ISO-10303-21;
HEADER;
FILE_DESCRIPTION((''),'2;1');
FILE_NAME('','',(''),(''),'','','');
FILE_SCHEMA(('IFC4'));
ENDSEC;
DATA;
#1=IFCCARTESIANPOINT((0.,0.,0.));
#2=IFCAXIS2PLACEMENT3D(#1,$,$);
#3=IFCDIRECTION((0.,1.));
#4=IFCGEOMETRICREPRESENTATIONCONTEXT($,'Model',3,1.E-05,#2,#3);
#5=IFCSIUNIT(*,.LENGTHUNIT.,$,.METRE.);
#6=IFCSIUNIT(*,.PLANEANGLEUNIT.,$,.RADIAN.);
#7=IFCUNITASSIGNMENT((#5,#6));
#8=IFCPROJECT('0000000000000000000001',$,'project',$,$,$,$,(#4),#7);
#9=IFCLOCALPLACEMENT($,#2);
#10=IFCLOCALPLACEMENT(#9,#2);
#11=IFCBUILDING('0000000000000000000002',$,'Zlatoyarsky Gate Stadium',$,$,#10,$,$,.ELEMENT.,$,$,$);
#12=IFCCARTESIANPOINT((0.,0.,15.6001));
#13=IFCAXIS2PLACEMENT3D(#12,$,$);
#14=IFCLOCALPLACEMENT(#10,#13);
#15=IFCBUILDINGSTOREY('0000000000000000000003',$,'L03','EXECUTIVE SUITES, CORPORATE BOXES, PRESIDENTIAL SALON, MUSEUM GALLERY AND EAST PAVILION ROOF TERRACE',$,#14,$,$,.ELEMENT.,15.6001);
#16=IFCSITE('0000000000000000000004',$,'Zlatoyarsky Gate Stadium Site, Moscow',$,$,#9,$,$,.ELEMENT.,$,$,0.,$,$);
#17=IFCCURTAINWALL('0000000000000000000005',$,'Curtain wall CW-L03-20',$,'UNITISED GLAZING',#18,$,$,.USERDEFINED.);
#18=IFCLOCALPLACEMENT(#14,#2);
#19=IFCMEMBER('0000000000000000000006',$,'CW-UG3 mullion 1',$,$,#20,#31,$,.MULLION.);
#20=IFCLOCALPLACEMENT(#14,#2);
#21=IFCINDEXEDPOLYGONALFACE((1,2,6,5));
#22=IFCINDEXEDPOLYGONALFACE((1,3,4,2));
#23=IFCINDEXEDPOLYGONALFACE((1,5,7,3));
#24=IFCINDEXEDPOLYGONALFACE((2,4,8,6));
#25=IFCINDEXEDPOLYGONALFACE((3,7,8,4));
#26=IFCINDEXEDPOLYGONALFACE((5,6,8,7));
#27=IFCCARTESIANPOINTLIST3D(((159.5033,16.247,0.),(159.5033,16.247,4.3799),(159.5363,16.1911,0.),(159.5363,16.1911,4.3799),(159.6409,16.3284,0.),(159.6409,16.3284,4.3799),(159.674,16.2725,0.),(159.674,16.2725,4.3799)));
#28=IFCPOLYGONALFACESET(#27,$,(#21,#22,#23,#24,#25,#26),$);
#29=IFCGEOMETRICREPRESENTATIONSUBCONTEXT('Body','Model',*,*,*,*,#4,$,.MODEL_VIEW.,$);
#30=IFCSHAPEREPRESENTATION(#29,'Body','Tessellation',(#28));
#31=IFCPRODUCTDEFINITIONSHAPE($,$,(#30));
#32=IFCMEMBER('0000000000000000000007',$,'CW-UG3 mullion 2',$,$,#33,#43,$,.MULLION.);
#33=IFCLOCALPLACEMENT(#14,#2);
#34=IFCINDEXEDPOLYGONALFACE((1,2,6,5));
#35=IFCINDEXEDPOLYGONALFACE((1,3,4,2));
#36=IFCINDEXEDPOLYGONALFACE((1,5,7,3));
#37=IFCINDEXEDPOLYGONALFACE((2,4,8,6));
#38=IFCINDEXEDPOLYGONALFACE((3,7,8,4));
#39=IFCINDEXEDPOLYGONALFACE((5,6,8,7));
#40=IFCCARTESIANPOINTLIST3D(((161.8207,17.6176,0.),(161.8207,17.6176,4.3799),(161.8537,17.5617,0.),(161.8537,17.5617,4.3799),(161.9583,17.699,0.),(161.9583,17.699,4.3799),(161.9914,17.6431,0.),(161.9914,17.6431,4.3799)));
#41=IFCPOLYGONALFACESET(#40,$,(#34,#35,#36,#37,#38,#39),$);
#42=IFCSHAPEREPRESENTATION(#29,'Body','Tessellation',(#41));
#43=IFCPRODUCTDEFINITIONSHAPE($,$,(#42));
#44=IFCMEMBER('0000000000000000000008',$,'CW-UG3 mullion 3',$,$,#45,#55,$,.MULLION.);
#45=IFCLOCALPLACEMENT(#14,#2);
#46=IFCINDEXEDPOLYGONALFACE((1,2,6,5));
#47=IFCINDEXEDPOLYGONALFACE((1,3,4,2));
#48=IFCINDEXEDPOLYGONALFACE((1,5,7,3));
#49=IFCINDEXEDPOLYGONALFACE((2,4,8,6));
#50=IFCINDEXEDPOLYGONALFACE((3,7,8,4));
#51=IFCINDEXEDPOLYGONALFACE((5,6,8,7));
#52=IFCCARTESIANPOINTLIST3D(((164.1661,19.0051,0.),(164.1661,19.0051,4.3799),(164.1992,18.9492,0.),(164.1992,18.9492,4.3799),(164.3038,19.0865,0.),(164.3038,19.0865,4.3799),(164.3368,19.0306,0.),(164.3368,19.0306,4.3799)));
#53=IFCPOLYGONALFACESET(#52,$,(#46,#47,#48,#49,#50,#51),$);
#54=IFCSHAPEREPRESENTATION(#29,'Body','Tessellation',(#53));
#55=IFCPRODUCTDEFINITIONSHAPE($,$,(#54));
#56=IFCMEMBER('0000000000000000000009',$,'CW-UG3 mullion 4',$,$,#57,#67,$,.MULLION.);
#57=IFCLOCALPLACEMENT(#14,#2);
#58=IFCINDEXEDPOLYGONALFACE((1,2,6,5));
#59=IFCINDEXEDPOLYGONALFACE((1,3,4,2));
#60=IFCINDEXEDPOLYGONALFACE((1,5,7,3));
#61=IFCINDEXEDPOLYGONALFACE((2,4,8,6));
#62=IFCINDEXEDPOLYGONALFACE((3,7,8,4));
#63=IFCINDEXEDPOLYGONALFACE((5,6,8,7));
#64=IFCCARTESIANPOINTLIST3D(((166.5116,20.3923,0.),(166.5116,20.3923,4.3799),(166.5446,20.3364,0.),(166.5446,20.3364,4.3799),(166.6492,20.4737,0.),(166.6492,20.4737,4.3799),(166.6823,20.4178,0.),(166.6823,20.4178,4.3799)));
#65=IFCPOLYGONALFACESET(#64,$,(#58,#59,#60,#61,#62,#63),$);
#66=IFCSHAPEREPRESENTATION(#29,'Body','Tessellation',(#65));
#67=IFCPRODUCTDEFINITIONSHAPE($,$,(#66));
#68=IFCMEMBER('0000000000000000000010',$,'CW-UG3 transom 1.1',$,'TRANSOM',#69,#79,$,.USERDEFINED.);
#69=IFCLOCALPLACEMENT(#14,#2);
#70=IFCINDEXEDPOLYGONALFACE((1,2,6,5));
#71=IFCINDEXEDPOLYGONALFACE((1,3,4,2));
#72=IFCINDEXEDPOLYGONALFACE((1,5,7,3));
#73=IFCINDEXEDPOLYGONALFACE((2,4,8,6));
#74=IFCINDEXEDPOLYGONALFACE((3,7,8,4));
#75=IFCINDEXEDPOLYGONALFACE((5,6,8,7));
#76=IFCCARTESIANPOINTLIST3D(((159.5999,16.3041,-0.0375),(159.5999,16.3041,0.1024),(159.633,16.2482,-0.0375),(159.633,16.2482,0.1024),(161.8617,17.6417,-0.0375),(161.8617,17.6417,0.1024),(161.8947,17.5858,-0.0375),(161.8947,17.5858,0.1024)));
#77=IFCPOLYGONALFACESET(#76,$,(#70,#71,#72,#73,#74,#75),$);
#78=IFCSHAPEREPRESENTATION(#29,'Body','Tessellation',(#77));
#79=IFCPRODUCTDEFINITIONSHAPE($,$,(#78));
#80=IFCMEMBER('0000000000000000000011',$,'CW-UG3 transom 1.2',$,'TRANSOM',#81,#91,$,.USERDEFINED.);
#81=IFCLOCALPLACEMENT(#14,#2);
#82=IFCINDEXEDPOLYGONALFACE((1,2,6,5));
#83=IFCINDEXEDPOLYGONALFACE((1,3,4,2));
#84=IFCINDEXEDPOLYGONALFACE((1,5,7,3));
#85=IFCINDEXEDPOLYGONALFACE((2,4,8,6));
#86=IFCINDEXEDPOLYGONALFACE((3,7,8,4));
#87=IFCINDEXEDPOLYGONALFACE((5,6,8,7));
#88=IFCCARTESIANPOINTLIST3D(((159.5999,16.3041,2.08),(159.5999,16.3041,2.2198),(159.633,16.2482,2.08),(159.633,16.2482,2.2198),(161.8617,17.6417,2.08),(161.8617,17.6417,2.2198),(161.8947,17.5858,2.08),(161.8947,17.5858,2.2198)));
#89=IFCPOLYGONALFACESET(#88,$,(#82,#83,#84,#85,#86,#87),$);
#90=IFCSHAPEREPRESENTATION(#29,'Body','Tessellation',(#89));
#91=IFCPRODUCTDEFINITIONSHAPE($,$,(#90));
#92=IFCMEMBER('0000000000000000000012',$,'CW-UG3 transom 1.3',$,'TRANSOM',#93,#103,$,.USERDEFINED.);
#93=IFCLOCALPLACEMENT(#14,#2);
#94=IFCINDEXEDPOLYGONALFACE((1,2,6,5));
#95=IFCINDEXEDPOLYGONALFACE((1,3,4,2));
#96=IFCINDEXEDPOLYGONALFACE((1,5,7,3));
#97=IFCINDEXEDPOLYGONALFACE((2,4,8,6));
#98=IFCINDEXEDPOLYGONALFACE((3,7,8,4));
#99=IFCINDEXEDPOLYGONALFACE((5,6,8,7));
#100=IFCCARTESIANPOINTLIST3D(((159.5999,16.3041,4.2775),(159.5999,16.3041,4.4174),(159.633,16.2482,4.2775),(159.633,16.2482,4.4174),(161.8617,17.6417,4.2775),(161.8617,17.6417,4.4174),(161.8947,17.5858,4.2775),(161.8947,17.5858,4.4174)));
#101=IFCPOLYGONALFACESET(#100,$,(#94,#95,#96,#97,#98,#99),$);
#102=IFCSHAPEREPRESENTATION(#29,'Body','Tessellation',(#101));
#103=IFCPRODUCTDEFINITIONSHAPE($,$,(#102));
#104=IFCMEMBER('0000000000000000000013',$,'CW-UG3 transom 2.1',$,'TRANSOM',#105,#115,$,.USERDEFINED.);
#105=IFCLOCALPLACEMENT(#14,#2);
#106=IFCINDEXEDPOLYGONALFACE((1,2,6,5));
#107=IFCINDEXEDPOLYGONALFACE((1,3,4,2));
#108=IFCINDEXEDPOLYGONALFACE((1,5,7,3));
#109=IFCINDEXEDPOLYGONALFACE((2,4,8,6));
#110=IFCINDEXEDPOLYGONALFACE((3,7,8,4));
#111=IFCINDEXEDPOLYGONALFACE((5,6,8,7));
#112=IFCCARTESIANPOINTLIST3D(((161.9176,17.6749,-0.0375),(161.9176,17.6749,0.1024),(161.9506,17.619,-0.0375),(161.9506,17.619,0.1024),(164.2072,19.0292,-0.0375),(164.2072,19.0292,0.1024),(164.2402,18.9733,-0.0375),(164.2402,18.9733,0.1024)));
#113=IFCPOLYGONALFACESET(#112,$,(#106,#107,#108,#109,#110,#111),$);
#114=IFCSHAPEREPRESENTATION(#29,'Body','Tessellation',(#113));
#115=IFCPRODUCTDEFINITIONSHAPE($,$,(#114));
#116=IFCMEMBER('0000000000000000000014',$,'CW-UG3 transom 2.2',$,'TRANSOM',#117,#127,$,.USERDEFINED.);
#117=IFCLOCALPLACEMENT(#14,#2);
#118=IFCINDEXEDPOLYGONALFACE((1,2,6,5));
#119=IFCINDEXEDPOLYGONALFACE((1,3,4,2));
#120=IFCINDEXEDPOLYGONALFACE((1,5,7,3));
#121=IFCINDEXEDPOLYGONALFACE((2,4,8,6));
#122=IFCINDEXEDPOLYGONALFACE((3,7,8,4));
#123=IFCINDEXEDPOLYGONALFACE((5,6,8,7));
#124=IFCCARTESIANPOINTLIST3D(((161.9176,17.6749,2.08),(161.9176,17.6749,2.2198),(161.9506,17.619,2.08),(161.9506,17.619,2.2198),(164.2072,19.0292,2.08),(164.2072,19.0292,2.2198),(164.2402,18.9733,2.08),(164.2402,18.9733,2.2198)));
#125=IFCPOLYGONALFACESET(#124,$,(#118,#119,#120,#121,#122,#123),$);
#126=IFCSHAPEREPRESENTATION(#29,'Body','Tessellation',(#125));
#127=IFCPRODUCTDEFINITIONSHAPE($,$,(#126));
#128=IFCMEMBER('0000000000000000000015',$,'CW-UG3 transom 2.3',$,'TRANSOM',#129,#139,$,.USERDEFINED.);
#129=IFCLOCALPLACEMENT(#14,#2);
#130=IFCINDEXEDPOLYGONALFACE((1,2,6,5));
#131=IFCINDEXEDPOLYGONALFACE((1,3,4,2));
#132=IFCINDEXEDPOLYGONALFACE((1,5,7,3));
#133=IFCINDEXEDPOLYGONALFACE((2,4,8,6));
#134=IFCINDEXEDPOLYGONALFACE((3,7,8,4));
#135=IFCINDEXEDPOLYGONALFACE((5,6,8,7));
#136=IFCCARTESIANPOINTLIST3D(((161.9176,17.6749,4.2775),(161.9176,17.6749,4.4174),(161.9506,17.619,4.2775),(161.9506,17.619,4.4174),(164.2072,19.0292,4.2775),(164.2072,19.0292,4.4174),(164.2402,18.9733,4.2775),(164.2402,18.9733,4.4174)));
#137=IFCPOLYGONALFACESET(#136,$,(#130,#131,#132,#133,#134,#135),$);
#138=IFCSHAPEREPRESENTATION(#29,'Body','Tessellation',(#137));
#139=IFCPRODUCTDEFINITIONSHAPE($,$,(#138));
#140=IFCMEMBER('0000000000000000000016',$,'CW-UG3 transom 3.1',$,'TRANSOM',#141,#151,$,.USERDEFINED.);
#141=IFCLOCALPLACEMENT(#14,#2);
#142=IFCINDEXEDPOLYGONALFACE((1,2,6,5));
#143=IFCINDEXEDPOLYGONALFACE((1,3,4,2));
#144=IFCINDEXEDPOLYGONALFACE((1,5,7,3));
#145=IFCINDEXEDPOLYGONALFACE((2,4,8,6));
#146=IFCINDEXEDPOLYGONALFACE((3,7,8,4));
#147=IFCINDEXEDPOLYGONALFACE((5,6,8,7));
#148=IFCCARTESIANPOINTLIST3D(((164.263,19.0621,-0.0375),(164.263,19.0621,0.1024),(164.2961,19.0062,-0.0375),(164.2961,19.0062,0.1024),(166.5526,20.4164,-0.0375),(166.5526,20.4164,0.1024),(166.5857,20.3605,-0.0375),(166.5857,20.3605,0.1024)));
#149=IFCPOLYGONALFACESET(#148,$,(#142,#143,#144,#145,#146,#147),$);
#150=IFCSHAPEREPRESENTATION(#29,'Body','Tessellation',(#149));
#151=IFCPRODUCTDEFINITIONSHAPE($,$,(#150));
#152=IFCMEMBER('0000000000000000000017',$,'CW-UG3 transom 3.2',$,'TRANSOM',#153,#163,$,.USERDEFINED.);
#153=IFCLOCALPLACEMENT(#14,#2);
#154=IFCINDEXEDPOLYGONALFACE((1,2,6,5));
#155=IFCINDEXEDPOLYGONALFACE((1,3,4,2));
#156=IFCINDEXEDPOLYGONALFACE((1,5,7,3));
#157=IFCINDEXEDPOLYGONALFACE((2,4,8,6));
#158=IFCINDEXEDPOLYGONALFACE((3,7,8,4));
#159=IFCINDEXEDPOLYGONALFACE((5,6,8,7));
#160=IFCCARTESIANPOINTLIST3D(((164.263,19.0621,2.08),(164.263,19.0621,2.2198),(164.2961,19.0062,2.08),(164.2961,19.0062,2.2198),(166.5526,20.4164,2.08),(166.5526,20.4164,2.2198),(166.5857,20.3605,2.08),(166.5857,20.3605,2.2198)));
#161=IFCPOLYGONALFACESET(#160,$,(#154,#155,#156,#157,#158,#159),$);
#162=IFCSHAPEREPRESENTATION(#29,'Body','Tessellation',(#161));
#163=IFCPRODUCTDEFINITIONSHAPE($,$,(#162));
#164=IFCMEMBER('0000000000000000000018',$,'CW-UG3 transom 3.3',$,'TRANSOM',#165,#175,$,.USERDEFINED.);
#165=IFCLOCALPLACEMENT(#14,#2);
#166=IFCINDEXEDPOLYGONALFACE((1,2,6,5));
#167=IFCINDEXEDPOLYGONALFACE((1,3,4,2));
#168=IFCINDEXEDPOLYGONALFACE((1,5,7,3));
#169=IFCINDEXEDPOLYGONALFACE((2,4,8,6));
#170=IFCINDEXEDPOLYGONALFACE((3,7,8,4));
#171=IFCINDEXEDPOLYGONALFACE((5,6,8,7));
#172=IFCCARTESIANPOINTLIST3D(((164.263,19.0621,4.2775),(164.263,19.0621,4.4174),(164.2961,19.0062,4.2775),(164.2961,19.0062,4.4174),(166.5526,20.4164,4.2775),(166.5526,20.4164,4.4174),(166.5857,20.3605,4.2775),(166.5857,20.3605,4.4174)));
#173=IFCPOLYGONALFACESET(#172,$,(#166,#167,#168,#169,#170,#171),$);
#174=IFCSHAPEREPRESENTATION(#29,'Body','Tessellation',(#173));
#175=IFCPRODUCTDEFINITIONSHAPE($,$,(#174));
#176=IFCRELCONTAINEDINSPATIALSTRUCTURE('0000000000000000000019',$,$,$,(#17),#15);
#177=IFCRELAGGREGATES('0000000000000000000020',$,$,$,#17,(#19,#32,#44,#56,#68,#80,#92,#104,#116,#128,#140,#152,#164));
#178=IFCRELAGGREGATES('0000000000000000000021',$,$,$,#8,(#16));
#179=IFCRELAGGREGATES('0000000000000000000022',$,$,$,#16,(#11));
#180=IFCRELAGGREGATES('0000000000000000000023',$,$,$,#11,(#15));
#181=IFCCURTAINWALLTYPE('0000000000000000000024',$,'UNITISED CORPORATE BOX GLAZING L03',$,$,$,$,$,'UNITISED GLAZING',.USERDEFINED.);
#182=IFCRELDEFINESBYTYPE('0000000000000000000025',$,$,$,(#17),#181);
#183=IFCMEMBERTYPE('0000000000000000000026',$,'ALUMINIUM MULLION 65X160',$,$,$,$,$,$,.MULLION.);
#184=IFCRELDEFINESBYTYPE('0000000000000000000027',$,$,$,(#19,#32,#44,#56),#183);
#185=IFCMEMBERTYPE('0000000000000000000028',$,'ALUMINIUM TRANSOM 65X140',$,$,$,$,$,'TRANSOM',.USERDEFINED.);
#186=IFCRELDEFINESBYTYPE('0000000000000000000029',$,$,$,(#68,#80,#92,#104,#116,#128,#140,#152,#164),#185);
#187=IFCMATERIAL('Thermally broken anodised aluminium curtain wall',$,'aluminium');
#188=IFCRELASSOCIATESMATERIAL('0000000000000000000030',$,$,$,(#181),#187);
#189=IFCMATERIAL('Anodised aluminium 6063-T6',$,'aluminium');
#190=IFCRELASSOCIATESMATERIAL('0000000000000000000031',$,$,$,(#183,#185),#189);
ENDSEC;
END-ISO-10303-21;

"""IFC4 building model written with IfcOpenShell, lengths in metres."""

from ifc_helpers import new_model, si_unit, direction, frame, origin, origin_2d, place, context, subcontext, project, spatial, rectangle, extrude, material, material_profile, profile_set, type_object, element, aggregate, save


model = new_model("IFC4")

# Units and contexts
model_context = context("Model", 3, precision=1e-05, world=origin(), true_north=direction((0.0, 1.0)))
body_context = subcontext(model_context, "Body", "Model", "MODEL_VIEW")
ifc_project = project(units=[si_unit("LENGTHUNIT", "METRE"), si_unit("PLANEANGLEUNIT", "RADIAN")], contexts=[model_context])

# Site, building, storey
site_placement = place(None, origin())
site = spatial("IfcSite", under=ifc_project, at=site_placement, Name="Zlatoyarsky Gate Stadium Site, Moscow", CompositionType="ELEMENT", RefElevation=0.0)
building_placement = place(site_placement, origin())
building = spatial("IfcBuilding", under=site, at=building_placement, Name="Zlatoyarsky Gate Stadium", CompositionType="ELEMENT")
storey_placement = place(building_placement, frame((0.0, 0.0, 15.6001)))
storey = spatial("IfcBuildingStorey", under=building, at=storey_placement, Name="L03", Description="EXECUTIVE SUITES, CORPORATE BOXES, PRESIDENTIAL SALON, MUSEUM GALLERY AND EAST PAVILION ROOF TERRACE", CompositionType="ELEMENT", Elevation=15.6001)

# Curtain wall, members
ifc_material_1 = material(Name="Thermally broken anodised aluminium curtain wall", Category="aluminium")
curtain_wall_type = type_object("IfcCurtainWallType", Name="UNITISED CORPORATE BOX GLAZING L03", ElementType="UNITISED GLAZING", PredefinedType="USERDEFINED", material=ifc_material_1)
curtain_wall_placement = place(storey_placement, origin())
curtain_wall = element("IfcCurtainWall", 1, at=curtain_wall_placement, inside=storey, type_object=curtain_wall_type, Name="Curtain wall CW-L03-20", ObjectType="UNITISED GLAZING", PredefinedType="USERDEFINED")
ifc_material_2 = material(Name="Anodised aluminium 6063-T6", Category="aluminium")
ifc_material_profile_1 = material_profile(ifc_material_2, rectangle(XDim=0.0649, YDim=0.1599, at=origin_2d()), Name="ALU 65X160")
ifc_profile_set_1 = profile_set([ifc_material_profile_1], Name="Anodised aluminium 6063-T6")
member_type_1 = type_object("IfcMemberType", Name="ALUMINIUM MULLION 65X160", PredefinedType="MULLION", material=ifc_profile_set_1)
member_1_placement = place(storey_placement, frame((159.5886, 16.2598, 0.0), z_axis=(0.0, 0.0, 1.0), x_axis=(-0.509098, 0.860708, 0.0)))
member_1 = element("IfcMember", 2, at=member_1_placement, type_object=member_type_1, Name="CW-UG3 mullion 1", PredefinedType="MULLION", context=body_context, shape_type="SweptSolid", body=[
    extrude(rectangle(XDim=0.0649, YDim=0.1599, at=origin_2d()), origin(), (0.0, 0.0, 1.0), 4.3799),
])
member_2_placement = place(storey_placement, frame((161.906, 17.6304, 0.0), z_axis=(0.0, 0.0, 1.0), x_axis=(-0.509098, 0.860708, 0.0)))
member_2 = element("IfcMember", 3, at=member_2_placement, type_object=member_type_1, Name="CW-UG3 mullion 2", PredefinedType="MULLION", context=body_context, shape_type="SweptSolid", body=[
    extrude(rectangle(XDim=0.0649, YDim=0.1599, at=origin_2d()), origin(), (0.0, 0.0, 1.0), 4.3799),
])
member_3_placement = place(storey_placement, frame((164.2515, 19.0178, 0.0), z_axis=(0.0, 0.0, 1.0), x_axis=(-0.509098, 0.860708, 0.0)))
member_3 = element("IfcMember", 4, at=member_3_placement, type_object=member_type_1, Name="CW-UG3 mullion 3", PredefinedType="MULLION", context=body_context, shape_type="SweptSolid", body=[
    extrude(rectangle(XDim=0.0649, YDim=0.1599, at=origin_2d()), origin(), (0.0, 0.0, 1.0), 4.3799),
])
member_4_placement = place(storey_placement, frame((166.5969, 20.405, 0.0), z_axis=(0.0, 0.0, 1.0), x_axis=(-0.509098, 0.860708, 0.0)))
member_4 = element("IfcMember", 5, at=member_4_placement, type_object=member_type_1, Name="CW-UG3 mullion 4", PredefinedType="MULLION", context=body_context, shape_type="SweptSolid", body=[
    extrude(rectangle(XDim=0.0649, YDim=0.1599, at=origin_2d()), origin(), (0.0, 0.0, 1.0), 4.3799),
])
ifc_material_profile_2 = material_profile(ifc_material_2, rectangle(XDim=0.0649, YDim=0.1399, at=origin_2d()), Name="ALU 65X140")
ifc_profile_set_2 = profile_set([ifc_material_profile_2], Name="Anodised aluminium 6063-T6")
member_type_2 = type_object("IfcMemberType", Name="ALUMINIUM TRANSOM 65X140", ElementType="TRANSOM", PredefinedType="USERDEFINED", material=ifc_profile_set_2)
member_5_placement = place(storey_placement, frame((159.6165, 16.2761, 0.0325), z_axis=(0.86073, 0.509061, 0.0), x_axis=(-0.509061, 0.86073, 0.0)))
member_5 = element("IfcMember", 6, at=member_5_placement, type_object=member_type_2, Name="CW-UG3 transom 1.1", ObjectType="TRANSOM", PredefinedType="USERDEFINED", context=body_context, shape_type="SweptSolid", body=[
    extrude(rectangle(XDim=0.0649, YDim=0.1399, at=origin_2d()), origin(), (0.0, 0.0, 1.0), 2.6277),
])
member_6_placement = place(storey_placement, frame((159.6165, 16.2761, 2.1499), z_axis=(0.86073, 0.509061, 0.0), x_axis=(-0.509061, 0.86073, 0.0)))
member_6 = element("IfcMember", 7, at=member_6_placement, type_object=member_type_2, Name="CW-UG3 transom 1.2", ObjectType="TRANSOM", PredefinedType="USERDEFINED", context=body_context, shape_type="SweptSolid", body=[
    extrude(rectangle(XDim=0.0649, YDim=0.1399, at=origin_2d()), origin(), (0.0, 0.0, 1.0), 2.6277),
])
member_7_placement = place(storey_placement, frame((159.6165, 16.2761, 4.3474), z_axis=(0.86073, 0.509061, 0.0), x_axis=(-0.509061, 0.86073, 0.0)))
member_7 = element("IfcMember", 8, at=member_7_placement, type_object=member_type_2, Name="CW-UG3 transom 1.3", ObjectType="TRANSOM", PredefinedType="USERDEFINED", context=body_context, shape_type="SweptSolid", body=[
    extrude(rectangle(XDim=0.0649, YDim=0.1399, at=origin_2d()), origin(), (0.0, 0.0, 1.0), 2.6277),
])
member_8_placement = place(storey_placement, frame((161.9341, 17.647, 0.0325), z_axis=(0.860707, 0.5091, 0.0), x_axis=(-0.5091, 0.860707, 0.0)))
member_8 = element("IfcMember", 9, at=member_8_placement, type_object=member_type_2, Name="CW-UG3 transom 2.1", ObjectType="TRANSOM", PredefinedType="USERDEFINED", context=body_context, shape_type="SweptSolid", body=[
    extrude(rectangle(XDim=0.0649, YDim=0.1399, at=origin_2d()), origin(), (0.0, 0.0, 1.0), 2.6602),
])
member_9_placement = place(storey_placement, frame((161.9341, 17.647, 2.1499), z_axis=(0.860707, 0.5091, 0.0), x_axis=(-0.5091, 0.860707, 0.0)))
member_9 = element("IfcMember", 10, at=member_9_placement, type_object=member_type_2, Name="CW-UG3 transom 2.2", ObjectType="TRANSOM", PredefinedType="USERDEFINED", context=body_context, shape_type="SweptSolid", body=[
    extrude(rectangle(XDim=0.0649, YDim=0.1399, at=origin_2d()), origin(), (0.0, 0.0, 1.0), 2.6602),
])
member_10_placement = place(storey_placement, frame((161.9341, 17.647, 4.3474), z_axis=(0.860707, 0.5091, 0.0), x_axis=(-0.5091, 0.860707, 0.0)))
member_10 = element("IfcMember", 11, at=member_10_placement, type_object=member_type_2, Name="CW-UG3 transom 2.3", ObjectType="TRANSOM", PredefinedType="USERDEFINED", context=body_context, shape_type="SweptSolid", body=[
    extrude(rectangle(XDim=0.0649, YDim=0.1399, at=origin_2d()), origin(), (0.0, 0.0, 1.0), 2.6602),
])
member_11_placement = place(storey_placement, frame((164.2795, 19.0342, 0.0325), z_axis=(0.860707, 0.5091, 0.0), x_axis=(-0.5091, 0.860707, 0.0)))
member_11 = element("IfcMember", 12, at=member_11_placement, type_object=member_type_2, Name="CW-UG3 transom 3.1", ObjectType="TRANSOM", PredefinedType="USERDEFINED", context=body_context, shape_type="SweptSolid", body=[
    extrude(rectangle(XDim=0.0649, YDim=0.1399, at=origin_2d()), origin(), (0.0, 0.0, 1.0), 2.6602),
])
member_12_placement = place(storey_placement, frame((164.2795, 19.0342, 2.1499), z_axis=(0.860707, 0.5091, 0.0), x_axis=(-0.5091, 0.860707, 0.0)))
member_12 = element("IfcMember", 13, at=member_12_placement, type_object=member_type_2, Name="CW-UG3 transom 3.2", ObjectType="TRANSOM", PredefinedType="USERDEFINED", context=body_context, shape_type="SweptSolid", body=[
    extrude(rectangle(XDim=0.0649, YDim=0.1399, at=origin_2d()), origin(), (0.0, 0.0, 1.0), 2.6602),
])
member_13_placement = place(storey_placement, frame((164.2795, 19.0342, 4.3474), z_axis=(0.860707, 0.5091, 0.0), x_axis=(-0.5091, 0.860707, 0.0)))
member_13 = element("IfcMember", 14, at=member_13_placement, type_object=member_type_2, Name="CW-UG3 transom 3.3", ObjectType="TRANSOM", PredefinedType="USERDEFINED", context=body_context, shape_type="SweptSolid", body=[
    extrude(rectangle(XDim=0.0649, YDim=0.1399, at=origin_2d()), origin(), (0.0, 0.0, 1.0), 2.6602),
])

aggregate(curtain_wall, [member_1, member_2, member_3, member_4, member_5, member_6, member_7, member_8, member_9, member_10, member_11, member_12, member_13])

save(model, "model.ifc")
